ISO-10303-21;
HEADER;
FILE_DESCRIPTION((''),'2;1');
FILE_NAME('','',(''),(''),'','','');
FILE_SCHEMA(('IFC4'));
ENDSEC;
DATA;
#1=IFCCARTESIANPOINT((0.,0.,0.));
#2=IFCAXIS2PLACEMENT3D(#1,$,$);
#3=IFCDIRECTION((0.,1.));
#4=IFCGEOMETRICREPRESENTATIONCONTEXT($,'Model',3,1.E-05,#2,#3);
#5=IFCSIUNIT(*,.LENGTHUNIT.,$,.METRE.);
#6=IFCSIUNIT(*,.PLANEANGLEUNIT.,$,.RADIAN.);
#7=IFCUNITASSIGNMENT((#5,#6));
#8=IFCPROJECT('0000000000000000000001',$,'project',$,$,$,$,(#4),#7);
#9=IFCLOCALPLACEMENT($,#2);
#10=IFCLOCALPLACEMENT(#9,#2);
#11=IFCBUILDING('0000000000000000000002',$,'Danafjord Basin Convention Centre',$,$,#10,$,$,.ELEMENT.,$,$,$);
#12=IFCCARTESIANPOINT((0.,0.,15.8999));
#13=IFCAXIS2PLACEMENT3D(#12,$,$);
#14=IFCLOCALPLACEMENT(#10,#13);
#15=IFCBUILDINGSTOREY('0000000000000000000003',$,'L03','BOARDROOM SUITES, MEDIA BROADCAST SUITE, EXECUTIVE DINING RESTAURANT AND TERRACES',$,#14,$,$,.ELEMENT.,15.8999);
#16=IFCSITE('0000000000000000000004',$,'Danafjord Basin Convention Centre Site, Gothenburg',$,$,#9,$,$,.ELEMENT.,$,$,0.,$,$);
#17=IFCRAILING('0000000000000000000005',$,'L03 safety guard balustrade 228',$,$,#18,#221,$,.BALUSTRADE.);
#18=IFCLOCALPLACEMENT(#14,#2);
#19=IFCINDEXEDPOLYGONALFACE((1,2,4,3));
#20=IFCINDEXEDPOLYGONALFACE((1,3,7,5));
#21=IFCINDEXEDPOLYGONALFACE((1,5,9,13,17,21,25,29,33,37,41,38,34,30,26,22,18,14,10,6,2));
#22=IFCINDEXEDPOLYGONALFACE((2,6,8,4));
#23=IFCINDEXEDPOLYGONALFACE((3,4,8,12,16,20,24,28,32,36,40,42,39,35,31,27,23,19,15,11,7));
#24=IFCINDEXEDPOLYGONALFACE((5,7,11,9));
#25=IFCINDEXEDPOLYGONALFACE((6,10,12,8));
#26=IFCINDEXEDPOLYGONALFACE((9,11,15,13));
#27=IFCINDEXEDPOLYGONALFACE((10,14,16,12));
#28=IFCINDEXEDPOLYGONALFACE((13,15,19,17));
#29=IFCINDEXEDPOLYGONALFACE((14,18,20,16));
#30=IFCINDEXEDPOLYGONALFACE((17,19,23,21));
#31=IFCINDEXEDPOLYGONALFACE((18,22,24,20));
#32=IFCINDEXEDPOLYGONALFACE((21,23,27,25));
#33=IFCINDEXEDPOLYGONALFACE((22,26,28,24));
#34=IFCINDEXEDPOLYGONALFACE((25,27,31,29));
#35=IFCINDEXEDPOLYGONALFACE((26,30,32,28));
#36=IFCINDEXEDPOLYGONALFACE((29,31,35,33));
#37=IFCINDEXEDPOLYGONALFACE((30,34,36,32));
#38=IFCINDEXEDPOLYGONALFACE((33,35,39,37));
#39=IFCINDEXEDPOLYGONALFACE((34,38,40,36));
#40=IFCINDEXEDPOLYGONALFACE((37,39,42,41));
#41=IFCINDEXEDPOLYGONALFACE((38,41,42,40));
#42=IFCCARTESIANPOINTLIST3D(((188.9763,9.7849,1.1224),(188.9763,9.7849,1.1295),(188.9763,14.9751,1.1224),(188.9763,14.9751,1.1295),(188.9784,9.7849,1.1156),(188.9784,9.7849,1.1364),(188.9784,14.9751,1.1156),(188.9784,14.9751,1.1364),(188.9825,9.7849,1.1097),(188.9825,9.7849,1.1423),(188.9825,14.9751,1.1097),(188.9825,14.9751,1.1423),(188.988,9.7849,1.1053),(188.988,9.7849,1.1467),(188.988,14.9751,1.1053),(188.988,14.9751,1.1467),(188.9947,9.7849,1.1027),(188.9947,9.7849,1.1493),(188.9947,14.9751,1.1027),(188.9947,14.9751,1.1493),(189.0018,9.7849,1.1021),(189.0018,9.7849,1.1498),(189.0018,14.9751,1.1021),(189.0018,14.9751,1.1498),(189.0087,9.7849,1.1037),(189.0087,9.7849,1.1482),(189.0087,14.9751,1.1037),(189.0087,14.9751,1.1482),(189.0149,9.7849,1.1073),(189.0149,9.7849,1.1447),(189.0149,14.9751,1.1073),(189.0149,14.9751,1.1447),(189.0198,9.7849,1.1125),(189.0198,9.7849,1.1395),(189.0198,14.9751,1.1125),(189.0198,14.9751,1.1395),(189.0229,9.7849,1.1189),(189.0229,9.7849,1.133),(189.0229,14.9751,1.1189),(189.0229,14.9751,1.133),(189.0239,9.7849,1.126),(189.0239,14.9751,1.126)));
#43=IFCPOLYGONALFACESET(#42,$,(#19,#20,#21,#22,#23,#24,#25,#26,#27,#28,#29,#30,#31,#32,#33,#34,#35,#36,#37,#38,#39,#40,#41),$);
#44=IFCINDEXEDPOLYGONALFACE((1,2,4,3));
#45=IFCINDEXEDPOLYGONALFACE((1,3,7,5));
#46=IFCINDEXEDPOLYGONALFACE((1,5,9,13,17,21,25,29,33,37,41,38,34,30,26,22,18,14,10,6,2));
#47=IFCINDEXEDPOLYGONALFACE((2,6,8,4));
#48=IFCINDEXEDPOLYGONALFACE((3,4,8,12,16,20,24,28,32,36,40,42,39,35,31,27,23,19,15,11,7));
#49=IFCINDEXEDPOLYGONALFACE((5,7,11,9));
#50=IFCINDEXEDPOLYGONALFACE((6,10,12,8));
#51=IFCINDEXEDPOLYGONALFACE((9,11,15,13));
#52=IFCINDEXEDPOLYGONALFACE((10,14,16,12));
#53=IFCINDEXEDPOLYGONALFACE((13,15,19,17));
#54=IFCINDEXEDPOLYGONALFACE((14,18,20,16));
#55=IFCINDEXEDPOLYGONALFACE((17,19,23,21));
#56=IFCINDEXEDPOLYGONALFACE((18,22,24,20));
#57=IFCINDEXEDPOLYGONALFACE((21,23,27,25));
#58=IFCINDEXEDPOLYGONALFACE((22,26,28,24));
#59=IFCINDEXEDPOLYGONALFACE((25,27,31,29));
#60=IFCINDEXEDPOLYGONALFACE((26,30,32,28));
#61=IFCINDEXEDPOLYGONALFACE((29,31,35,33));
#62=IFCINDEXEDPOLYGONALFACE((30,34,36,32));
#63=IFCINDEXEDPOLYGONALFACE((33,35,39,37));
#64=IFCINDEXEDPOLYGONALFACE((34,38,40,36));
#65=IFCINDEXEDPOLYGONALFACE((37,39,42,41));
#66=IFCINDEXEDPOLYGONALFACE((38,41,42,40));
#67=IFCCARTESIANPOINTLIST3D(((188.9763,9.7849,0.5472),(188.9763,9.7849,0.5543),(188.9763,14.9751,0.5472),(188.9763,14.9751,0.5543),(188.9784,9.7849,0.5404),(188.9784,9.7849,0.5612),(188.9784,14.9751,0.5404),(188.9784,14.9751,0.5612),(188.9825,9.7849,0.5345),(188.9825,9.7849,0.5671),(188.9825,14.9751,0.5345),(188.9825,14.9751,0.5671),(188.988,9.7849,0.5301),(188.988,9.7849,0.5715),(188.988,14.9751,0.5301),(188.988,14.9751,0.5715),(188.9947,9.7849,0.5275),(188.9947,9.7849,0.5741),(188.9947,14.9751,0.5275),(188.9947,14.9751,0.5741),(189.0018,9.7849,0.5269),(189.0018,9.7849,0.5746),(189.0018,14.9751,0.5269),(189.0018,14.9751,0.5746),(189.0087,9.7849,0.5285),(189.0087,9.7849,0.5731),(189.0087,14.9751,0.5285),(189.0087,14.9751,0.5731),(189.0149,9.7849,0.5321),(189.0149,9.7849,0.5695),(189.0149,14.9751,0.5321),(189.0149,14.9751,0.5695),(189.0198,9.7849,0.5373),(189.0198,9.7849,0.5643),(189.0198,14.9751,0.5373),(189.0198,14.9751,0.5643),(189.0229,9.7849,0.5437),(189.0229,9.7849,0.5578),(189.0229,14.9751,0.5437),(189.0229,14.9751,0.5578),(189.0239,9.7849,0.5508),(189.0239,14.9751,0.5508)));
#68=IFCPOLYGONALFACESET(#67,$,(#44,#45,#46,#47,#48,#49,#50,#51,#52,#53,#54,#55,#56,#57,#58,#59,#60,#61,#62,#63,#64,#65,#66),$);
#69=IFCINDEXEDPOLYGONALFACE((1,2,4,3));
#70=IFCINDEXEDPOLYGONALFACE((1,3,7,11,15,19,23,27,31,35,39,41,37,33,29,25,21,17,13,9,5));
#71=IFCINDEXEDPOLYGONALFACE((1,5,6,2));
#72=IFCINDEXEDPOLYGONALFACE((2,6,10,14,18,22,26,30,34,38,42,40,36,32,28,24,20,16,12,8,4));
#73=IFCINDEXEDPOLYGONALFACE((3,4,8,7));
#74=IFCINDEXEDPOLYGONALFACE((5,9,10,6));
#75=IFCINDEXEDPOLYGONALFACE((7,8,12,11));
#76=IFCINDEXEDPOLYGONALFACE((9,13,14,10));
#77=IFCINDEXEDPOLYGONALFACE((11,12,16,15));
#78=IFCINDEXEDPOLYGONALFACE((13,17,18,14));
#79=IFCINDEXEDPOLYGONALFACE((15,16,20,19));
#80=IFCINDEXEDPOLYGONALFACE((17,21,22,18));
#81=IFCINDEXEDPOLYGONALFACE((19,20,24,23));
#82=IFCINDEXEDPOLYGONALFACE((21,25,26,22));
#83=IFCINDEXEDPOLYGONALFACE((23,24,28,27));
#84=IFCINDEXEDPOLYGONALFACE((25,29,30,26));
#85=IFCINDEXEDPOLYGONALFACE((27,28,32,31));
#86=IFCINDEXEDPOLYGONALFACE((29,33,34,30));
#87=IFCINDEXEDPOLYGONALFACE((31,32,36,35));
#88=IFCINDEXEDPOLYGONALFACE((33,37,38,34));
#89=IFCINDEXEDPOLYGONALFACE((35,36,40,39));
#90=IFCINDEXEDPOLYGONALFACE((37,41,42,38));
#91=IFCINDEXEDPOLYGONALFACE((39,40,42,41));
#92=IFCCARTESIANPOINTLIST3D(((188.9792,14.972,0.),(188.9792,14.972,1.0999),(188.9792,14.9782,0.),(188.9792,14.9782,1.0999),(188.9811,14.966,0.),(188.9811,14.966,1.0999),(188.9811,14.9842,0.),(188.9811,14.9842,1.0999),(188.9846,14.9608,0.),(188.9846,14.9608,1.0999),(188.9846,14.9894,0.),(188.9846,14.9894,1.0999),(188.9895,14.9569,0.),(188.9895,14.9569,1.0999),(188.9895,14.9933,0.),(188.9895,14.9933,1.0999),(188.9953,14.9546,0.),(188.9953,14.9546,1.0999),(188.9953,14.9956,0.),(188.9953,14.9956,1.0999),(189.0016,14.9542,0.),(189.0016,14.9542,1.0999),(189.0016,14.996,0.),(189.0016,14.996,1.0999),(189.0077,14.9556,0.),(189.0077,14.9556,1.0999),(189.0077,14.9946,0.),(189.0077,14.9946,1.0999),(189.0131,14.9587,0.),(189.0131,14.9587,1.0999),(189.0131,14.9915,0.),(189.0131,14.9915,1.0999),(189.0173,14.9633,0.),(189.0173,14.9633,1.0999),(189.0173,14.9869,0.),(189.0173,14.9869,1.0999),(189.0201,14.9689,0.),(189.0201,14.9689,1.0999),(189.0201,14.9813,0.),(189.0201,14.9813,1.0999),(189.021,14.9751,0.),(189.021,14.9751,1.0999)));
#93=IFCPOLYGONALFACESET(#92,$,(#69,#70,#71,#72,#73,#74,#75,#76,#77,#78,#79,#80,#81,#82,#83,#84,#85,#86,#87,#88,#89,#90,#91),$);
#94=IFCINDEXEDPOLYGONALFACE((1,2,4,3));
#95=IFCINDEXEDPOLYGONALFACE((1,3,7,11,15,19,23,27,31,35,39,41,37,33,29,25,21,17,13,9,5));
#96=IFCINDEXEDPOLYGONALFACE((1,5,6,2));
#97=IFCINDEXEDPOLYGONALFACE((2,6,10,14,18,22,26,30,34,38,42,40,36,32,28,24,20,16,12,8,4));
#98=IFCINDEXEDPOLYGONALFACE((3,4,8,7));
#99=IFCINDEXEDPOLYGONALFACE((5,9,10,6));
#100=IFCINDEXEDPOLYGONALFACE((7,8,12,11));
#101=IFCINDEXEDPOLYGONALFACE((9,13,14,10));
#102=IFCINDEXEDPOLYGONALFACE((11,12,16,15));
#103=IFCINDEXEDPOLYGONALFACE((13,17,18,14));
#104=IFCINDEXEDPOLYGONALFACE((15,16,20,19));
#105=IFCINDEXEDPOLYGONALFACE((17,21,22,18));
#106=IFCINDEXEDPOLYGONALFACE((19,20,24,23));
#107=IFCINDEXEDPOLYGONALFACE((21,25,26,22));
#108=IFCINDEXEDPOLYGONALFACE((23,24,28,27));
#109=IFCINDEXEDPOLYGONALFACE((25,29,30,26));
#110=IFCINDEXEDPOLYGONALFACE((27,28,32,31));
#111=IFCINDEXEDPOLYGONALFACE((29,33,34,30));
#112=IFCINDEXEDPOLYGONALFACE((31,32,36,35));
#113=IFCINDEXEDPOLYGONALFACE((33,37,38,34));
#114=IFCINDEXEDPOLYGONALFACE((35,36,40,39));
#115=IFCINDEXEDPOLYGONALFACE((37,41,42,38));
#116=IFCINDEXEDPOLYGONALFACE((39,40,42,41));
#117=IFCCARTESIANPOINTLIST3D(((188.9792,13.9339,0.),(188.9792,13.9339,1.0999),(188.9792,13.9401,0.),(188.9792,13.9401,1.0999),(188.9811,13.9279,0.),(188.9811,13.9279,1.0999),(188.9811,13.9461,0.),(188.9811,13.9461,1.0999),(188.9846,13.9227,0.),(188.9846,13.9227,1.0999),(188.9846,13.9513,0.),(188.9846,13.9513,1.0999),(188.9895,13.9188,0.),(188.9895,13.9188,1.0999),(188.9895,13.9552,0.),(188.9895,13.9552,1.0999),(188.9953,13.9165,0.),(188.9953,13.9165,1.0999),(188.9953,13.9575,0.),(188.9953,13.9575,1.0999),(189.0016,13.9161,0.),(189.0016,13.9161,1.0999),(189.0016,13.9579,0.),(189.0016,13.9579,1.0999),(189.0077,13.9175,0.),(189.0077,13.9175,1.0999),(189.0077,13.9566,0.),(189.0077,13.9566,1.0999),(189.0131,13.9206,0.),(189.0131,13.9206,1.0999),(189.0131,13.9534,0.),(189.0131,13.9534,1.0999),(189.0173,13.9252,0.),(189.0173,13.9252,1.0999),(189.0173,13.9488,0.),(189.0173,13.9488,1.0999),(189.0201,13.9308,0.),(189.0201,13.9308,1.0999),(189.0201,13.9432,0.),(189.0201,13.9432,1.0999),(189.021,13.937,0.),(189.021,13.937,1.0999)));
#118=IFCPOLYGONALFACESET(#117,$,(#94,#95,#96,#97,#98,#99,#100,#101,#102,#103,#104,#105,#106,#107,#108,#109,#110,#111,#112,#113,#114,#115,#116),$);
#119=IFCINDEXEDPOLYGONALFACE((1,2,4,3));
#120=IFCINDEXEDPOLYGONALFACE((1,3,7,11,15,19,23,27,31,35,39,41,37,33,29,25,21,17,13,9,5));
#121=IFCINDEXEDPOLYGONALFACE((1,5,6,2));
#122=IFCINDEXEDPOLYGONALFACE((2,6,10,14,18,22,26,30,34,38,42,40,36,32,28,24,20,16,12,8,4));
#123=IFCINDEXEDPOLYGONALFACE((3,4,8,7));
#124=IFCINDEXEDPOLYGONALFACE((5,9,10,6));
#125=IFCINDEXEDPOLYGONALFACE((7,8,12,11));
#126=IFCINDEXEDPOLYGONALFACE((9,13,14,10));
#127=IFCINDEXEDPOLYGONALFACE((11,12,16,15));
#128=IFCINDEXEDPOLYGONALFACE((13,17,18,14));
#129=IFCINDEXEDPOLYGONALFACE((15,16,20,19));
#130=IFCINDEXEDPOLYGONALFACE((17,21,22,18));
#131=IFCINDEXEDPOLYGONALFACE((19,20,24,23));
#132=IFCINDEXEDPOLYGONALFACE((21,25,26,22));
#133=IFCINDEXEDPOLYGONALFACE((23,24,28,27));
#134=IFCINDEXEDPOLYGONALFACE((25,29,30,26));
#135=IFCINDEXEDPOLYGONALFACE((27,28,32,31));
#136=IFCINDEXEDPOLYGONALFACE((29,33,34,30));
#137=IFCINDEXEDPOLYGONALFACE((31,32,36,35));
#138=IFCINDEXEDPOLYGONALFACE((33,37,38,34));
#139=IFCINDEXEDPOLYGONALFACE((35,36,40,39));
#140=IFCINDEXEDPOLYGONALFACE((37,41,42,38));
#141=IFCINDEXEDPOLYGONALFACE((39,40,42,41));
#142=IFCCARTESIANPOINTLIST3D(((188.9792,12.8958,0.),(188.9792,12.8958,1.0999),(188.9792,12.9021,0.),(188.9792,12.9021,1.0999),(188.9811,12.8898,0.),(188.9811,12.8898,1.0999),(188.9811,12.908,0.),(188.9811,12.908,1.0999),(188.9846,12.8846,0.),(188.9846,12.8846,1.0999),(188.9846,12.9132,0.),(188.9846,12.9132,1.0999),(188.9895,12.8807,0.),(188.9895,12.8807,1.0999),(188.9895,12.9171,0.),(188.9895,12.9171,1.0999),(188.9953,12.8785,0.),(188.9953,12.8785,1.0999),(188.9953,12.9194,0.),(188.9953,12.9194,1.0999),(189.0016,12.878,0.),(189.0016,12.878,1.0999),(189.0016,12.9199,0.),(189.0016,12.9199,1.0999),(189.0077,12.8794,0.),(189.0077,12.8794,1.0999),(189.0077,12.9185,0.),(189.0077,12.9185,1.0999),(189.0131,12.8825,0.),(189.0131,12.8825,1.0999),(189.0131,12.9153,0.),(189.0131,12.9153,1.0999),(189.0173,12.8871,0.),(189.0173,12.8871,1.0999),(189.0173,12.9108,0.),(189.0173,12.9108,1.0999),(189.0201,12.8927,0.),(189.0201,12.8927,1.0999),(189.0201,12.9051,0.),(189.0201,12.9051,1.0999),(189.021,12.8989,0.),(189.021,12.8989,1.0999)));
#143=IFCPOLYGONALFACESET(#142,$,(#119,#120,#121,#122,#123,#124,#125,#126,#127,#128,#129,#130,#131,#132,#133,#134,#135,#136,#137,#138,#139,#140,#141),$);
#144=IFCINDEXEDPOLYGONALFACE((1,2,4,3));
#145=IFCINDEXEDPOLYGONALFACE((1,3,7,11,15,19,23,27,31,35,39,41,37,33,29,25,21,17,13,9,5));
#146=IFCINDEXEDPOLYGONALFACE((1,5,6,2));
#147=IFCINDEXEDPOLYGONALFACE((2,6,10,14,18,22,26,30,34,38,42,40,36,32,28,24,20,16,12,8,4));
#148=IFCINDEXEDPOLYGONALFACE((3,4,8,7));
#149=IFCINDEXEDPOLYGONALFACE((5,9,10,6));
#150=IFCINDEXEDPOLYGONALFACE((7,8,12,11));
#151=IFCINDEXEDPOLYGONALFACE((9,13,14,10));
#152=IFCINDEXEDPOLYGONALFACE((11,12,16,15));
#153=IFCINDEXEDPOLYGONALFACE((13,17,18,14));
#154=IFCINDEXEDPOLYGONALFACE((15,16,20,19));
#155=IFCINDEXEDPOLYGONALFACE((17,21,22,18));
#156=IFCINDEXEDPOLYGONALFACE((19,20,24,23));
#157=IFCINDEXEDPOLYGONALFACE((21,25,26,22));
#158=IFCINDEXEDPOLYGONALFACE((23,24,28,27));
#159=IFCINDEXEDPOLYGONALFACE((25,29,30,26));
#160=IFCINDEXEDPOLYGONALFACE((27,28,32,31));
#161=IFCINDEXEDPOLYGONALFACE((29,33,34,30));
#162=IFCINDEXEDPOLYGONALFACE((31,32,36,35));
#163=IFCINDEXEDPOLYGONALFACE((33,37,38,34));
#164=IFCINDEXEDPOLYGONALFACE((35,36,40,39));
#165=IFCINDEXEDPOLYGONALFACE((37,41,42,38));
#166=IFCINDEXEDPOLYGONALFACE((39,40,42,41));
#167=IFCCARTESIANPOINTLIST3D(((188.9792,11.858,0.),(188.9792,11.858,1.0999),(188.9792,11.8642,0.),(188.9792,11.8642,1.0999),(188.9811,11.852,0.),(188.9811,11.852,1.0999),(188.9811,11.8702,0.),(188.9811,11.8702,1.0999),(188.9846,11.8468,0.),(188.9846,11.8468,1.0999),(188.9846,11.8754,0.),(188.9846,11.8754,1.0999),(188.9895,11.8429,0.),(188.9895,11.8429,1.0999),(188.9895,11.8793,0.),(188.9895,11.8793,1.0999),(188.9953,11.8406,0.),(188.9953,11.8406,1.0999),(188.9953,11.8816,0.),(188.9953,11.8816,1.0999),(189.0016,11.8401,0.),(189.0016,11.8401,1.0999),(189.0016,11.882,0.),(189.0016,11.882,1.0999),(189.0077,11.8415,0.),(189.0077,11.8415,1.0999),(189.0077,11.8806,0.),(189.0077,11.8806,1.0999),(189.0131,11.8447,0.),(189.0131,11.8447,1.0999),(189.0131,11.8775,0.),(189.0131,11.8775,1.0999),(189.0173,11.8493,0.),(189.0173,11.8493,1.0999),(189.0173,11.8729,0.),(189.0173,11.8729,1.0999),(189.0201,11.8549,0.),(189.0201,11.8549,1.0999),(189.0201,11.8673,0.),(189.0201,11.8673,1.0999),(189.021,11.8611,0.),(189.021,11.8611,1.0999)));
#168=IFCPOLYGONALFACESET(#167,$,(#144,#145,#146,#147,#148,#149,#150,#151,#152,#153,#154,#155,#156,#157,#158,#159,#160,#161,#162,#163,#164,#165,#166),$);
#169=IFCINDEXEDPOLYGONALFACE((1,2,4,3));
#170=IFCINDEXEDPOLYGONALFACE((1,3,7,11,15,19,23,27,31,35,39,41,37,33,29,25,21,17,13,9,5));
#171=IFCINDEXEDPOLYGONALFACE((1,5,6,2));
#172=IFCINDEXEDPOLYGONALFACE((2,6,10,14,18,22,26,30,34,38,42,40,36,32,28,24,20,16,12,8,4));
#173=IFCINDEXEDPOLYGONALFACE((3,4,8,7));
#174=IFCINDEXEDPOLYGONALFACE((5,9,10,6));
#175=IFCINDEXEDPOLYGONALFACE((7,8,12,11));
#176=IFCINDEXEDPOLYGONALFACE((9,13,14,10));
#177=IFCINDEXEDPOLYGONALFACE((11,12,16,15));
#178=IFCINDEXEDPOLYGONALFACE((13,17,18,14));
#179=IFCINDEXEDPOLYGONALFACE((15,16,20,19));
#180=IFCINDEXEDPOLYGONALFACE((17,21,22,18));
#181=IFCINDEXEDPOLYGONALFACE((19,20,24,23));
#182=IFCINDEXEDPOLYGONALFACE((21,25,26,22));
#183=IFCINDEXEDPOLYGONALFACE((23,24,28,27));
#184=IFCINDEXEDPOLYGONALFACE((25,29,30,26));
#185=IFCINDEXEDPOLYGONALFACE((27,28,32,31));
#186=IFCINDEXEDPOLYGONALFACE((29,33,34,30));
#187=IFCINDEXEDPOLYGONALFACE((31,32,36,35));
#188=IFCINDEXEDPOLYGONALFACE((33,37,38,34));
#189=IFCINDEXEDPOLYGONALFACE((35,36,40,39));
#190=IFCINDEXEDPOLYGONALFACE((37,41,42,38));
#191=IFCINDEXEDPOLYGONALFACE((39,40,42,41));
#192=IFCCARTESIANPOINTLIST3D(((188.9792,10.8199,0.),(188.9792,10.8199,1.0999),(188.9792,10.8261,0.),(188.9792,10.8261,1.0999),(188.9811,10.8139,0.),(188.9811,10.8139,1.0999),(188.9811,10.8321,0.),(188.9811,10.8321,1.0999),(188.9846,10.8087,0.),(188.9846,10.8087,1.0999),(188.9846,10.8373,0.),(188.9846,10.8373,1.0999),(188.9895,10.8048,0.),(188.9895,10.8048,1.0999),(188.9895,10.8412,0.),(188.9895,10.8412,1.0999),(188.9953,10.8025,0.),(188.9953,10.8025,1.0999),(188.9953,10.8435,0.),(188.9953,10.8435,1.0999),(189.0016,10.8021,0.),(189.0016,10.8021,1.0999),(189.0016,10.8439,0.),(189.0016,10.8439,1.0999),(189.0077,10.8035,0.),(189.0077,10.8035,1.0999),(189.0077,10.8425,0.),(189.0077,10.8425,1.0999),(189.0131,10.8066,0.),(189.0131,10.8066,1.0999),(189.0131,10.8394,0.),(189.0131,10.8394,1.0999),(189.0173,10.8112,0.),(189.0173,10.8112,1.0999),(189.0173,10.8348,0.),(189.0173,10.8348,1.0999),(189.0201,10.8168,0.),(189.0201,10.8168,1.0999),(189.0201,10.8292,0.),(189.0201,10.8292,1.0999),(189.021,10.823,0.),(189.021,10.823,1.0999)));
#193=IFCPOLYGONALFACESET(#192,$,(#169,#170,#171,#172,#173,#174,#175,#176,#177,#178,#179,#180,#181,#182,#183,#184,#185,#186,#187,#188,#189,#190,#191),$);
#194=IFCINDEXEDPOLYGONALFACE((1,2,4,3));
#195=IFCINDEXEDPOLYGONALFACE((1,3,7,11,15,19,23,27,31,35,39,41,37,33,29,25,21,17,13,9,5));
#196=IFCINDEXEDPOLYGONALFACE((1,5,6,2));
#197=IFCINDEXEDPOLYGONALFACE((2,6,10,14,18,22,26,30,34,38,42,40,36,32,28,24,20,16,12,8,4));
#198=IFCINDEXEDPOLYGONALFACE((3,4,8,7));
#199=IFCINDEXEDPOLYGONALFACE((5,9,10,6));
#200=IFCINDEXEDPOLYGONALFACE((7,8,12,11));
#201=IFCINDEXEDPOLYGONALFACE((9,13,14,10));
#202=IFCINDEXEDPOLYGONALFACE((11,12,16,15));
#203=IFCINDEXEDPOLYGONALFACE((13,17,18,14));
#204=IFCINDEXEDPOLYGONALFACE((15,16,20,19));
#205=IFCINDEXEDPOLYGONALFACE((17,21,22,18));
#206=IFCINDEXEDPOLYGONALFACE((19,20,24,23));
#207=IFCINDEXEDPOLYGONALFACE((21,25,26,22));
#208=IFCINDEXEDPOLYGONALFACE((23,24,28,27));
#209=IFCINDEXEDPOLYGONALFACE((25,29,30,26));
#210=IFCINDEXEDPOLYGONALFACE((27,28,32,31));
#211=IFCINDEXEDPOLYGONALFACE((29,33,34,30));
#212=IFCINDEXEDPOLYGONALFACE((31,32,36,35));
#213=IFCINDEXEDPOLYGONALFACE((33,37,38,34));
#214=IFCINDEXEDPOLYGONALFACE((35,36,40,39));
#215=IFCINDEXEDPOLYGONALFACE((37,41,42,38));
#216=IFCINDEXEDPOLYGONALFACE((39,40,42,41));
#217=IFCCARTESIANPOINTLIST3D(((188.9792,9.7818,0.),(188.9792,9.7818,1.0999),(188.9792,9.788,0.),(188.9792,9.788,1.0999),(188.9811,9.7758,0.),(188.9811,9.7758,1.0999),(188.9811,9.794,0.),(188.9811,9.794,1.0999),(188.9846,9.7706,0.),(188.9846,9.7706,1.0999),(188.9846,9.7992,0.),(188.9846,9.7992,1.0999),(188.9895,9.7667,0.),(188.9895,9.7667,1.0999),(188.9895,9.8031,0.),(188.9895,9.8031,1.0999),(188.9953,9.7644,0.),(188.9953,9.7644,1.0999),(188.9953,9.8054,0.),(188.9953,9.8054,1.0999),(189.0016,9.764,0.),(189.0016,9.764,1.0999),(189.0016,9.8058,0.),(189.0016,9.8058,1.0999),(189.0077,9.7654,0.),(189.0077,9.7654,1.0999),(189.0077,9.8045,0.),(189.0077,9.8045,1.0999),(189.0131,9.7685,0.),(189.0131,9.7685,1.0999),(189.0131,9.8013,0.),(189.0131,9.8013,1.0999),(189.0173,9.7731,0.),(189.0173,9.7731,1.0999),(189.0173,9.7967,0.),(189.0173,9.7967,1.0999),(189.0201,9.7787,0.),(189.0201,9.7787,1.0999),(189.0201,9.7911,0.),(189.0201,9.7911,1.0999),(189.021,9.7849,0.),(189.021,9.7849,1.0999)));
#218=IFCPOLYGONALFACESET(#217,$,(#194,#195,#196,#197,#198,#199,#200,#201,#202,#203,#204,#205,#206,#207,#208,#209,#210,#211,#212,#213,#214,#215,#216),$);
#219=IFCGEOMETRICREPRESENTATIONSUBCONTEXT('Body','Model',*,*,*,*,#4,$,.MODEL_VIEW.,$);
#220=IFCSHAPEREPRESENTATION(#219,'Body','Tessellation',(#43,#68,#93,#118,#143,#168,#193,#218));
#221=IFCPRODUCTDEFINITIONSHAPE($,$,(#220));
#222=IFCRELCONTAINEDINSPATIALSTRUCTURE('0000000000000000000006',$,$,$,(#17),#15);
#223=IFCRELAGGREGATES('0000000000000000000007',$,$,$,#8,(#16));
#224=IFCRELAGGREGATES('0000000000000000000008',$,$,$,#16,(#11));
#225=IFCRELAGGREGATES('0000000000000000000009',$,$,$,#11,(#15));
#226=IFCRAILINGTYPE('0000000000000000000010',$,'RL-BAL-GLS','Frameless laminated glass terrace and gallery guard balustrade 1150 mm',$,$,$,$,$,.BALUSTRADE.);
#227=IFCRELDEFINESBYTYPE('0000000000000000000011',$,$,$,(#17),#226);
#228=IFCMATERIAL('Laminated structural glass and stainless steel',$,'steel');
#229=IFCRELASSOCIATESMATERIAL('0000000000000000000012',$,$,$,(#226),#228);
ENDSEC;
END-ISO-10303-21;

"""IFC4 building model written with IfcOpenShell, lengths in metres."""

from ifc_helpers import new_model, si_unit, direction, frame, origin, origin_2d, place, context, subcontext, project, spatial, circle, extrude, material, type_object, element, save


model = new_model("IFC4")

# Units and contexts
model_context = context("Model", 3, precision=1e-05, world=origin(), true_north=direction((0.0, 1.0)))
body_context = subcontext(model_context, "Body", "Model", "MODEL_VIEW")
ifc_project = project(units=[si_unit("LENGTHUNIT", "METRE"), si_unit("PLANEANGLEUNIT", "RADIAN")], contexts=[model_context])

# Site, building, storey
site_placement = place(None, origin())
site = spatial("IfcSite", under=ifc_project, at=site_placement, Name="Danafjord Basin Convention Centre Site, Gothenburg", CompositionType="ELEMENT", RefElevation=0.0)
building_placement = place(site_placement, origin())
building = spatial("IfcBuilding", under=site, at=building_placement, Name="Danafjord Basin Convention Centre", CompositionType="ELEMENT")
storey_placement = place(building_placement, frame((0.0, 0.0, 15.8999)))
storey = spatial("IfcBuildingStorey", under=building, at=storey_placement, Name="L03", Description="BOARDROOM SUITES, MEDIA BROADCAST SUITE, EXECUTIVE DINING RESTAURANT AND TERRACES", CompositionType="ELEMENT", Elevation=15.8999)

# Railing
ifc_material_1 = material(Name="Laminated structural glass and stainless steel", Category="steel")
railing_type_1 = type_object("IfcRailingType", Name="RL-BAL-GLS", Description="Frameless laminated glass terrace and gallery guard balustrade 1150 mm", PredefinedType="BALUSTRADE", material=ifc_material_1)
railing_1_placement = place(storey_placement, frame((189.0, 14.9751, 0.0)))
element("IfcRailing", 1, at=railing_1_placement, inside=storey, type_object=railing_type_1, Name="L03 safety guard balustrade 228", PredefinedType="BALUSTRADE", context=body_context, shape_type="SweptSolid", body=[
    extrude(circle(Radius=0.0239, at=origin_2d()), frame((0.0, 0.0, 1.126), z_axis=(0.0, -1.0, 0.0), x_axis=(1.0, 0.0, 0.0)), (0.0, 0.0, 1.0), 5.1902),
    extrude(circle(Radius=0.0239, at=origin_2d()), frame((0.0, 0.0, 0.5508), z_axis=(0.0, -1.0, 0.0), x_axis=(1.0, 0.0, 0.0)), (0.0, 0.0, 1.0), 5.1902),
    extrude(circle(Radius=0.021, at=origin_2d()), origin(), (0.0, 0.0, 1.0), 1.0999),
    extrude(circle(Radius=0.021, at=origin_2d()), frame((0.0, -1.0381, 0.0)), (0.0, 0.0, 1.0), 1.0999),
    extrude(circle(Radius=0.021, at=origin_2d()), frame((0.0, -2.0762, 0.0)), (0.0, 0.0, 1.0), 1.0999),
    extrude(circle(Radius=0.021, at=origin_2d()), frame((0.0, -3.114, 0.0)), (0.0, 0.0, 1.0), 1.0999),
    extrude(circle(Radius=0.021, at=origin_2d()), frame((0.0, -4.1521, 0.0)), (0.0, 0.0, 1.0), 1.0999),
    extrude(circle(Radius=0.021, at=origin_2d()), frame((0.0, -5.1902, 0.0)), (0.0, 0.0, 1.0), 1.0999),
])

save(model, "model.ifc")
